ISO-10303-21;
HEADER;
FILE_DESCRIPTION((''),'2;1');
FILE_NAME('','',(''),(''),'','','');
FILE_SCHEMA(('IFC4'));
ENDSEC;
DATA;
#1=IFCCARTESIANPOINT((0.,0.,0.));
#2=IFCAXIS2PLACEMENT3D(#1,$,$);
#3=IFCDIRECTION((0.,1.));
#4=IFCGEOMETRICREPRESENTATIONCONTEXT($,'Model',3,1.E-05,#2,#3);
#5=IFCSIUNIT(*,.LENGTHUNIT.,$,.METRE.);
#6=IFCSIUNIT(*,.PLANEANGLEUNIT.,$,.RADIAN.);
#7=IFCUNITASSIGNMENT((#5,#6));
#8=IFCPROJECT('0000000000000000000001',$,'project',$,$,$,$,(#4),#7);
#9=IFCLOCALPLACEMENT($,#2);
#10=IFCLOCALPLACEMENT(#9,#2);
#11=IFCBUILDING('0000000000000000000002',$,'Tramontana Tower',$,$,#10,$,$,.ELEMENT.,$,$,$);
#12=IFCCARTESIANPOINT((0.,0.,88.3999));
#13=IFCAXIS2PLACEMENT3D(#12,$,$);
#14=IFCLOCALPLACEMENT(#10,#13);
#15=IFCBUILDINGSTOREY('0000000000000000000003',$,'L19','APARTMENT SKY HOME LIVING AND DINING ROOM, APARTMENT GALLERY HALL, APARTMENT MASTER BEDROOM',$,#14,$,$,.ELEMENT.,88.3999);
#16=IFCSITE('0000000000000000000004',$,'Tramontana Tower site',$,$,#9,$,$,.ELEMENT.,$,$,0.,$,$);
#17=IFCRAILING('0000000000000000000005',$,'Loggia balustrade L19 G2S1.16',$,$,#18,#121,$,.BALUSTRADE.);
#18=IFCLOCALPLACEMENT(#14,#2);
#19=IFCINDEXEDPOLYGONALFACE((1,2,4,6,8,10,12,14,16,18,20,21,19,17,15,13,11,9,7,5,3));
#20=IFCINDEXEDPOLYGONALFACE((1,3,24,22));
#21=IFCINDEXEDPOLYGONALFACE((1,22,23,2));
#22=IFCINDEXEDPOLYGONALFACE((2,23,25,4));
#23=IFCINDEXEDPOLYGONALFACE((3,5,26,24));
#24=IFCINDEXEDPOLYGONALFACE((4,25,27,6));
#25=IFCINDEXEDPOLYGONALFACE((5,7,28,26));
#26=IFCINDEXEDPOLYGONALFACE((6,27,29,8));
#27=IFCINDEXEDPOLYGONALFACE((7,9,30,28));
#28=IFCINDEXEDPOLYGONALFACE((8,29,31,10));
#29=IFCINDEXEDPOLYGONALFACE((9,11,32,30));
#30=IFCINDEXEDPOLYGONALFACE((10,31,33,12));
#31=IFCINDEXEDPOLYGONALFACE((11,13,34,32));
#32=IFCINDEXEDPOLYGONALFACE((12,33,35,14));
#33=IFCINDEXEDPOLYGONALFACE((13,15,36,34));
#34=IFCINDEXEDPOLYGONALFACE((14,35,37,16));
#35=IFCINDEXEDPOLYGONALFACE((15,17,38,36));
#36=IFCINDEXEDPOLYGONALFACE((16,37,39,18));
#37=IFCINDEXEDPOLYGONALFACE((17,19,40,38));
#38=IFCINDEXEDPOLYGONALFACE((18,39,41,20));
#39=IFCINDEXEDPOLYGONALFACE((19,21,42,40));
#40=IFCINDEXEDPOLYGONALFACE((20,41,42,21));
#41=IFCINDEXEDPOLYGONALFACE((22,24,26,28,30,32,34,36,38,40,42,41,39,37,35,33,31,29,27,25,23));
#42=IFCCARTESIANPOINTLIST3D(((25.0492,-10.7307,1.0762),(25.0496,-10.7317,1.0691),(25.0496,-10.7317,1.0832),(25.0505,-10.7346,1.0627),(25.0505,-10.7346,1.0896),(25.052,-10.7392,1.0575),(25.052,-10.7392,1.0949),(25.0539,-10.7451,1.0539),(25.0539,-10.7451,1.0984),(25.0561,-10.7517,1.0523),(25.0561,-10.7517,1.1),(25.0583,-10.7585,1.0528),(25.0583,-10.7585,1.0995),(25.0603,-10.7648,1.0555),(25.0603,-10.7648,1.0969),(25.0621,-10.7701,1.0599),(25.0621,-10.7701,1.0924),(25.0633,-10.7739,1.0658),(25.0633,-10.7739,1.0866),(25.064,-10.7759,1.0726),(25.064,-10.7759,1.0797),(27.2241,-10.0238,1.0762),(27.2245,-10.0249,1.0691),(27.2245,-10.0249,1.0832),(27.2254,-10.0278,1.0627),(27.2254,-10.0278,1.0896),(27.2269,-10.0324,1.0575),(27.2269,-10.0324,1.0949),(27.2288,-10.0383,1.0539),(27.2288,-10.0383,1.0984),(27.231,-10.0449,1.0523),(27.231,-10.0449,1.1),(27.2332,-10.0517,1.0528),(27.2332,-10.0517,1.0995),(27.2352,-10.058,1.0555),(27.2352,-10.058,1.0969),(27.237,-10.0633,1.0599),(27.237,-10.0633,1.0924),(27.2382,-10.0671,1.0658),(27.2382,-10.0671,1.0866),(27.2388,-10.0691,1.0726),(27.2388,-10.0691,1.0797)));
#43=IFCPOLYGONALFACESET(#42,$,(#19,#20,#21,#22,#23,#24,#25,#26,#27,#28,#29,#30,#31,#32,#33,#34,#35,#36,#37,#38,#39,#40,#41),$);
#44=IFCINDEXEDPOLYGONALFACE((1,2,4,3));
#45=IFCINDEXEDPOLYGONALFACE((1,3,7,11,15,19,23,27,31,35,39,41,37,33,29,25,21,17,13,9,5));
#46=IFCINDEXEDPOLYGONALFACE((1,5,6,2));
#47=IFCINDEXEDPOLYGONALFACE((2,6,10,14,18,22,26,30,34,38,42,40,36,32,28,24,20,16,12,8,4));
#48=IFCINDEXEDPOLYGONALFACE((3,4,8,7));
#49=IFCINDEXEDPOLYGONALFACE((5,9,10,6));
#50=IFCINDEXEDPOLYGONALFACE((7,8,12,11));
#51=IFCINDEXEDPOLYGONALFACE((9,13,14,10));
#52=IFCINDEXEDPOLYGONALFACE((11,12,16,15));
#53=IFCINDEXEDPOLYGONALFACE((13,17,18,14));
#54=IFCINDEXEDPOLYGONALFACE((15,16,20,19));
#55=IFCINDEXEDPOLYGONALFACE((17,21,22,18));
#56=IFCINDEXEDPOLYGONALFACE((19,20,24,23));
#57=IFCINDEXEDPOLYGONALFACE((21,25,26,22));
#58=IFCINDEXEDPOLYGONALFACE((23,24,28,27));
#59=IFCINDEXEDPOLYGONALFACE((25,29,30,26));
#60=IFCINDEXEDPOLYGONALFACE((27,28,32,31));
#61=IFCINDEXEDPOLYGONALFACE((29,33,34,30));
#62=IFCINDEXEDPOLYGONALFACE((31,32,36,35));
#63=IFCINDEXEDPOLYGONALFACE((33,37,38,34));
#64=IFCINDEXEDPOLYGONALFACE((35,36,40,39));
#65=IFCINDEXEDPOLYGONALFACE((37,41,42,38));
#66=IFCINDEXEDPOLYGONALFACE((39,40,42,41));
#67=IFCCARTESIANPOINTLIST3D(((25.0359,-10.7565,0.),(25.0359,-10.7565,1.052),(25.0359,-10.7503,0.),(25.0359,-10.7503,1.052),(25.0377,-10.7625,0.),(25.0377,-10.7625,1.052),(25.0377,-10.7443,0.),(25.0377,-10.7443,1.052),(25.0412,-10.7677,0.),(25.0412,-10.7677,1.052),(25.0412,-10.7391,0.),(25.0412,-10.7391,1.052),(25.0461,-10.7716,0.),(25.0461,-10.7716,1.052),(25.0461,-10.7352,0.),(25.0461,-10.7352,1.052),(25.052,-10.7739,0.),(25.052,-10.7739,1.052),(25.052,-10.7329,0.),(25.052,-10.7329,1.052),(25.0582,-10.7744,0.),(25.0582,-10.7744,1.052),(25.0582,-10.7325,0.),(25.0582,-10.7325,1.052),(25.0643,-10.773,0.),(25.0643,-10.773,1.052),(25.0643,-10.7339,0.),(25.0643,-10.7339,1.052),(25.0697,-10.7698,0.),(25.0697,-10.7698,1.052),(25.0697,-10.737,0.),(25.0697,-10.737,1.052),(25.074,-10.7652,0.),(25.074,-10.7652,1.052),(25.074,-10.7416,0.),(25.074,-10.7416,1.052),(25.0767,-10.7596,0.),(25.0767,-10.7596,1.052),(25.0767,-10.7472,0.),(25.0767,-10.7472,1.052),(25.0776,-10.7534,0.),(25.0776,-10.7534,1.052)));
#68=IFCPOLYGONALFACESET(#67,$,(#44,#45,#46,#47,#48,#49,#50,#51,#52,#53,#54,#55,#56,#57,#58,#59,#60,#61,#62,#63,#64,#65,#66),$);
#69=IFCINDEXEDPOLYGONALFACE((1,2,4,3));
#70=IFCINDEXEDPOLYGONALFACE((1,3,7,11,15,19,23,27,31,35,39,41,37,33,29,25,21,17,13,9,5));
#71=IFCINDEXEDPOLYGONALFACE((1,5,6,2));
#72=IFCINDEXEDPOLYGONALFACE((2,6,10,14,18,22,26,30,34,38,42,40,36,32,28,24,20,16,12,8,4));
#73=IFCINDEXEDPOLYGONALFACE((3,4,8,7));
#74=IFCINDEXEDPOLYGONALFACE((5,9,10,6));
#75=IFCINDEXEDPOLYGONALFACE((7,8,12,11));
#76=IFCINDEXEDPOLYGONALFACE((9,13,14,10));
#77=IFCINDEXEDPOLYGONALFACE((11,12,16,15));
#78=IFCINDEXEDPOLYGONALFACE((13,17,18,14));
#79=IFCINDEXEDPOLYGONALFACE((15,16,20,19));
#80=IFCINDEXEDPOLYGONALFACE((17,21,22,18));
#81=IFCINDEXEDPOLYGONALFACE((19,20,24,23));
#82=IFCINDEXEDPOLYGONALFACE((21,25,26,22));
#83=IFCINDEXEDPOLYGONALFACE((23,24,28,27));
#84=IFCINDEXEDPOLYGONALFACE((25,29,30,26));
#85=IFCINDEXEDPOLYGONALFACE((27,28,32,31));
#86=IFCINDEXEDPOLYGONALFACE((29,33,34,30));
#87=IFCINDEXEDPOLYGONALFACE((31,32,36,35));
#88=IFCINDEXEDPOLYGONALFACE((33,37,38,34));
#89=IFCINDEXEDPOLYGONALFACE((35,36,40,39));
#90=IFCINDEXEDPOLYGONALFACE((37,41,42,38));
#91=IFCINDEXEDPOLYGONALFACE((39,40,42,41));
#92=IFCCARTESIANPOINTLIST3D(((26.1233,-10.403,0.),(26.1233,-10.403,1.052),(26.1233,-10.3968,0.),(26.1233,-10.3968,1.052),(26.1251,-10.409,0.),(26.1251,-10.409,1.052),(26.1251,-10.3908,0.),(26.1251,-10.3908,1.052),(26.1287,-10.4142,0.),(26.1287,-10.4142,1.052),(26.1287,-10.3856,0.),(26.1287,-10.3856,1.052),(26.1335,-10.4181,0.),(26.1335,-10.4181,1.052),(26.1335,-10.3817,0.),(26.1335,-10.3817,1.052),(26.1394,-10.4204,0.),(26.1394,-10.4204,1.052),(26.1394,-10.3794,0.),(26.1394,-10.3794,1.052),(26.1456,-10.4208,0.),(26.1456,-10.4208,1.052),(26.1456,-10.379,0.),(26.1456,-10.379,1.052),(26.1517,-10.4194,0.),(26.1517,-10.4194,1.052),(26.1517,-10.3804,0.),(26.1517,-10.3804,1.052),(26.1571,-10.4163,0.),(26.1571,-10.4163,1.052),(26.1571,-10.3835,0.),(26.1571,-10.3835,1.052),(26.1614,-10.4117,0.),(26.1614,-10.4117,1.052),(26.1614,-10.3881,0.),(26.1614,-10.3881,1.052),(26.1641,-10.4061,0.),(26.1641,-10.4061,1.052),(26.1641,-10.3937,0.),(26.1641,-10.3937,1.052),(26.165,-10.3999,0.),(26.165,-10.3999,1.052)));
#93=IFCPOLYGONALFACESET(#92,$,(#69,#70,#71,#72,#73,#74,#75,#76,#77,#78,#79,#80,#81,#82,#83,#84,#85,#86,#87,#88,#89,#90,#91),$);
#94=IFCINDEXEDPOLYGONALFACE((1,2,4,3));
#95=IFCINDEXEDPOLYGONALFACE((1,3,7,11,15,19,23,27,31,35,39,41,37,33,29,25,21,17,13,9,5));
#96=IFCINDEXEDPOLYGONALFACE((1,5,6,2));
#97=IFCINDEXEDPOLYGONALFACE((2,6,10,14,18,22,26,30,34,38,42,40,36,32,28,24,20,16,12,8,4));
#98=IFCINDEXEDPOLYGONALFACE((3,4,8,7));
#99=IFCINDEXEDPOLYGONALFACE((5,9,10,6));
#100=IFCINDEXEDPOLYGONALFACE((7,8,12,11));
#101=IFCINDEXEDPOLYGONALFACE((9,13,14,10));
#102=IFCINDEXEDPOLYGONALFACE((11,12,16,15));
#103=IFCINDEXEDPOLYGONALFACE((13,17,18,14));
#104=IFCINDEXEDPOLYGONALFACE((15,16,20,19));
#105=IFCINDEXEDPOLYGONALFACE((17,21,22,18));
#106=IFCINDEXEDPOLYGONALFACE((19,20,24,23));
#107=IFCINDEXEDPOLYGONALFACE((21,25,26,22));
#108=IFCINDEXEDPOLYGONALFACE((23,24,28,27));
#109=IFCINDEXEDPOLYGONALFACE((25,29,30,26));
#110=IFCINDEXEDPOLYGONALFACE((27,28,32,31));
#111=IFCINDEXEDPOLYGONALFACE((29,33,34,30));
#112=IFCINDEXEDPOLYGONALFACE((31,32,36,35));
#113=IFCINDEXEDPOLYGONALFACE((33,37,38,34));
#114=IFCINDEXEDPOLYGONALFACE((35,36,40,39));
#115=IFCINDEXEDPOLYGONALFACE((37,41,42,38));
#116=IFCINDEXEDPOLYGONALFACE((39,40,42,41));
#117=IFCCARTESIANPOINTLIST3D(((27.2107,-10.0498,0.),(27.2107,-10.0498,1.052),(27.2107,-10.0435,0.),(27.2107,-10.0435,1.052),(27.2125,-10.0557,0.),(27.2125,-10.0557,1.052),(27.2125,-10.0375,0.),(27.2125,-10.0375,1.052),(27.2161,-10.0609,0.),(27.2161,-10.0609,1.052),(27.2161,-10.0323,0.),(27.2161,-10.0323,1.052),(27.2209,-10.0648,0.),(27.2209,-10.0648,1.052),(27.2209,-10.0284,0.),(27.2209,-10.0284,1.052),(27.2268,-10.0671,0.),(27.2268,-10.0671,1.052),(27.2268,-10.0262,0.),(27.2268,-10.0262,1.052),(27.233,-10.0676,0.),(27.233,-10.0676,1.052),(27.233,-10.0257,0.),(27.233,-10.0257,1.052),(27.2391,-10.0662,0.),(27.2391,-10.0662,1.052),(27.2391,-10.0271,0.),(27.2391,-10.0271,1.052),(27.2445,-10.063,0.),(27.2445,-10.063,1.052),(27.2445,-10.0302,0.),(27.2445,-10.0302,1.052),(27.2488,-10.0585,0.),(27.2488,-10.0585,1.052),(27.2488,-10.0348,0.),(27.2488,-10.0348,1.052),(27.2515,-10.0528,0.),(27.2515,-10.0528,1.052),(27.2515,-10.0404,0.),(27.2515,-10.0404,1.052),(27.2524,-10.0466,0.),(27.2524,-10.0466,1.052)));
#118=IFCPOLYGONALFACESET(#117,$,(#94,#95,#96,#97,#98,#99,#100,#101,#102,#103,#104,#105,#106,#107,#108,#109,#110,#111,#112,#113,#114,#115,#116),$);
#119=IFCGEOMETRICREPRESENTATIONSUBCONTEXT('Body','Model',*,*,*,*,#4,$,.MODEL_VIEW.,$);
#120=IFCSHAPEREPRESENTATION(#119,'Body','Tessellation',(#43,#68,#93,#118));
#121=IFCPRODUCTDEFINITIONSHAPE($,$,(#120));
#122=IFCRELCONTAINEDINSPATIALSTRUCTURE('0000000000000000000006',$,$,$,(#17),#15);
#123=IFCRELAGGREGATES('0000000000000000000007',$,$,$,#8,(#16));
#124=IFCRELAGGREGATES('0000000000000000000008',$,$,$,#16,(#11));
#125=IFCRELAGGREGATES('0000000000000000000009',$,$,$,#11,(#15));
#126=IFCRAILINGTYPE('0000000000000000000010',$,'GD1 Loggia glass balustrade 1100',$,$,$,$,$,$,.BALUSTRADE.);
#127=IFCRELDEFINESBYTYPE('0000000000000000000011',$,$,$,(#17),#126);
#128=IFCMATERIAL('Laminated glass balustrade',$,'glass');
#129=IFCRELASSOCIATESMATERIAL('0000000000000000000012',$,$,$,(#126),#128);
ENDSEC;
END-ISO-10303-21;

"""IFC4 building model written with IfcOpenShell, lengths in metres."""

from ifc_helpers import new_model, si_unit, direction, frame, origin, origin_2d, place, context, subcontext, project, spatial, circle, extrude, material, type_object, element, save


model = new_model("IFC4")

# Units and contexts
model_context = context("Model", 3, precision=1e-05, world=origin(), true_north=direction((0.0, 1.0)))
body_context = subcontext(model_context, "Body", "Model", "MODEL_VIEW")
ifc_project = project(units=[si_unit("LENGTHUNIT", "METRE"), si_unit("PLANEANGLEUNIT", "RADIAN")], contexts=[model_context])

# Site, building, storey
site_placement = place(None, origin())
site = spatial("IfcSite", under=ifc_project, at=site_placement, Name="Tramontana Tower site", CompositionType="ELEMENT", RefElevation=0.0)
building_placement = place(site_placement, origin())
building = spatial("IfcBuilding", under=site, at=building_placement, Name="Tramontana Tower", CompositionType="ELEMENT")
storey_placement = place(building_placement, frame((0.0, 0.0, 88.3999)))
storey = spatial("IfcBuildingStorey", under=building, at=storey_placement, Name="L19", Description="APARTMENT SKY HOME LIVING AND DINING ROOM, APARTMENT GALLERY HALL, APARTMENT MASTER BEDROOM", CompositionType="ELEMENT", Elevation=88.3999)

# Railing
ifc_material_1 = material(Name="Laminated glass balustrade", Category="glass")
railing_type = type_object("IfcRailingType", Name="GD1 Loggia glass balustrade 1100", PredefinedType="BALUSTRADE", material=ifc_material_1)
railing_1_placement = place(storey_placement, frame((25.0566, -10.7534, 0.0)))
element("IfcRailing", 1, at=railing_1_placement, inside=storey, type_object=railing_type, Name="Loggia balustrade L19 G2S1.16", PredefinedType="BALUSTRADE", context=body_context, shape_type="SweptSolid", body=[
    extrude(circle(Radius=0.0239, at=origin_2d()), frame((0.0, 0.0, 1.0762), z_axis=(0.951037, 0.309076, 0.0), x_axis=(-0.309076, 0.951037, 0.0)), (0.0, 0.0, 1.0), 2.2869),
    extrude(circle(Radius=0.021, at=origin_2d()), origin(), (0.0, 0.0, 1.0), 1.052),
    extrude(circle(Radius=0.021, at=origin_2d()), frame((1.0874, 0.3535, 0.0)), (0.0, 0.0, 1.0), 1.052),
    extrude(circle(Radius=0.021, at=origin_2d()), frame((2.1748, 0.7068, 0.0)), (0.0, 0.0, 1.0), 1.052),
])

save(model, "model.ifc")
